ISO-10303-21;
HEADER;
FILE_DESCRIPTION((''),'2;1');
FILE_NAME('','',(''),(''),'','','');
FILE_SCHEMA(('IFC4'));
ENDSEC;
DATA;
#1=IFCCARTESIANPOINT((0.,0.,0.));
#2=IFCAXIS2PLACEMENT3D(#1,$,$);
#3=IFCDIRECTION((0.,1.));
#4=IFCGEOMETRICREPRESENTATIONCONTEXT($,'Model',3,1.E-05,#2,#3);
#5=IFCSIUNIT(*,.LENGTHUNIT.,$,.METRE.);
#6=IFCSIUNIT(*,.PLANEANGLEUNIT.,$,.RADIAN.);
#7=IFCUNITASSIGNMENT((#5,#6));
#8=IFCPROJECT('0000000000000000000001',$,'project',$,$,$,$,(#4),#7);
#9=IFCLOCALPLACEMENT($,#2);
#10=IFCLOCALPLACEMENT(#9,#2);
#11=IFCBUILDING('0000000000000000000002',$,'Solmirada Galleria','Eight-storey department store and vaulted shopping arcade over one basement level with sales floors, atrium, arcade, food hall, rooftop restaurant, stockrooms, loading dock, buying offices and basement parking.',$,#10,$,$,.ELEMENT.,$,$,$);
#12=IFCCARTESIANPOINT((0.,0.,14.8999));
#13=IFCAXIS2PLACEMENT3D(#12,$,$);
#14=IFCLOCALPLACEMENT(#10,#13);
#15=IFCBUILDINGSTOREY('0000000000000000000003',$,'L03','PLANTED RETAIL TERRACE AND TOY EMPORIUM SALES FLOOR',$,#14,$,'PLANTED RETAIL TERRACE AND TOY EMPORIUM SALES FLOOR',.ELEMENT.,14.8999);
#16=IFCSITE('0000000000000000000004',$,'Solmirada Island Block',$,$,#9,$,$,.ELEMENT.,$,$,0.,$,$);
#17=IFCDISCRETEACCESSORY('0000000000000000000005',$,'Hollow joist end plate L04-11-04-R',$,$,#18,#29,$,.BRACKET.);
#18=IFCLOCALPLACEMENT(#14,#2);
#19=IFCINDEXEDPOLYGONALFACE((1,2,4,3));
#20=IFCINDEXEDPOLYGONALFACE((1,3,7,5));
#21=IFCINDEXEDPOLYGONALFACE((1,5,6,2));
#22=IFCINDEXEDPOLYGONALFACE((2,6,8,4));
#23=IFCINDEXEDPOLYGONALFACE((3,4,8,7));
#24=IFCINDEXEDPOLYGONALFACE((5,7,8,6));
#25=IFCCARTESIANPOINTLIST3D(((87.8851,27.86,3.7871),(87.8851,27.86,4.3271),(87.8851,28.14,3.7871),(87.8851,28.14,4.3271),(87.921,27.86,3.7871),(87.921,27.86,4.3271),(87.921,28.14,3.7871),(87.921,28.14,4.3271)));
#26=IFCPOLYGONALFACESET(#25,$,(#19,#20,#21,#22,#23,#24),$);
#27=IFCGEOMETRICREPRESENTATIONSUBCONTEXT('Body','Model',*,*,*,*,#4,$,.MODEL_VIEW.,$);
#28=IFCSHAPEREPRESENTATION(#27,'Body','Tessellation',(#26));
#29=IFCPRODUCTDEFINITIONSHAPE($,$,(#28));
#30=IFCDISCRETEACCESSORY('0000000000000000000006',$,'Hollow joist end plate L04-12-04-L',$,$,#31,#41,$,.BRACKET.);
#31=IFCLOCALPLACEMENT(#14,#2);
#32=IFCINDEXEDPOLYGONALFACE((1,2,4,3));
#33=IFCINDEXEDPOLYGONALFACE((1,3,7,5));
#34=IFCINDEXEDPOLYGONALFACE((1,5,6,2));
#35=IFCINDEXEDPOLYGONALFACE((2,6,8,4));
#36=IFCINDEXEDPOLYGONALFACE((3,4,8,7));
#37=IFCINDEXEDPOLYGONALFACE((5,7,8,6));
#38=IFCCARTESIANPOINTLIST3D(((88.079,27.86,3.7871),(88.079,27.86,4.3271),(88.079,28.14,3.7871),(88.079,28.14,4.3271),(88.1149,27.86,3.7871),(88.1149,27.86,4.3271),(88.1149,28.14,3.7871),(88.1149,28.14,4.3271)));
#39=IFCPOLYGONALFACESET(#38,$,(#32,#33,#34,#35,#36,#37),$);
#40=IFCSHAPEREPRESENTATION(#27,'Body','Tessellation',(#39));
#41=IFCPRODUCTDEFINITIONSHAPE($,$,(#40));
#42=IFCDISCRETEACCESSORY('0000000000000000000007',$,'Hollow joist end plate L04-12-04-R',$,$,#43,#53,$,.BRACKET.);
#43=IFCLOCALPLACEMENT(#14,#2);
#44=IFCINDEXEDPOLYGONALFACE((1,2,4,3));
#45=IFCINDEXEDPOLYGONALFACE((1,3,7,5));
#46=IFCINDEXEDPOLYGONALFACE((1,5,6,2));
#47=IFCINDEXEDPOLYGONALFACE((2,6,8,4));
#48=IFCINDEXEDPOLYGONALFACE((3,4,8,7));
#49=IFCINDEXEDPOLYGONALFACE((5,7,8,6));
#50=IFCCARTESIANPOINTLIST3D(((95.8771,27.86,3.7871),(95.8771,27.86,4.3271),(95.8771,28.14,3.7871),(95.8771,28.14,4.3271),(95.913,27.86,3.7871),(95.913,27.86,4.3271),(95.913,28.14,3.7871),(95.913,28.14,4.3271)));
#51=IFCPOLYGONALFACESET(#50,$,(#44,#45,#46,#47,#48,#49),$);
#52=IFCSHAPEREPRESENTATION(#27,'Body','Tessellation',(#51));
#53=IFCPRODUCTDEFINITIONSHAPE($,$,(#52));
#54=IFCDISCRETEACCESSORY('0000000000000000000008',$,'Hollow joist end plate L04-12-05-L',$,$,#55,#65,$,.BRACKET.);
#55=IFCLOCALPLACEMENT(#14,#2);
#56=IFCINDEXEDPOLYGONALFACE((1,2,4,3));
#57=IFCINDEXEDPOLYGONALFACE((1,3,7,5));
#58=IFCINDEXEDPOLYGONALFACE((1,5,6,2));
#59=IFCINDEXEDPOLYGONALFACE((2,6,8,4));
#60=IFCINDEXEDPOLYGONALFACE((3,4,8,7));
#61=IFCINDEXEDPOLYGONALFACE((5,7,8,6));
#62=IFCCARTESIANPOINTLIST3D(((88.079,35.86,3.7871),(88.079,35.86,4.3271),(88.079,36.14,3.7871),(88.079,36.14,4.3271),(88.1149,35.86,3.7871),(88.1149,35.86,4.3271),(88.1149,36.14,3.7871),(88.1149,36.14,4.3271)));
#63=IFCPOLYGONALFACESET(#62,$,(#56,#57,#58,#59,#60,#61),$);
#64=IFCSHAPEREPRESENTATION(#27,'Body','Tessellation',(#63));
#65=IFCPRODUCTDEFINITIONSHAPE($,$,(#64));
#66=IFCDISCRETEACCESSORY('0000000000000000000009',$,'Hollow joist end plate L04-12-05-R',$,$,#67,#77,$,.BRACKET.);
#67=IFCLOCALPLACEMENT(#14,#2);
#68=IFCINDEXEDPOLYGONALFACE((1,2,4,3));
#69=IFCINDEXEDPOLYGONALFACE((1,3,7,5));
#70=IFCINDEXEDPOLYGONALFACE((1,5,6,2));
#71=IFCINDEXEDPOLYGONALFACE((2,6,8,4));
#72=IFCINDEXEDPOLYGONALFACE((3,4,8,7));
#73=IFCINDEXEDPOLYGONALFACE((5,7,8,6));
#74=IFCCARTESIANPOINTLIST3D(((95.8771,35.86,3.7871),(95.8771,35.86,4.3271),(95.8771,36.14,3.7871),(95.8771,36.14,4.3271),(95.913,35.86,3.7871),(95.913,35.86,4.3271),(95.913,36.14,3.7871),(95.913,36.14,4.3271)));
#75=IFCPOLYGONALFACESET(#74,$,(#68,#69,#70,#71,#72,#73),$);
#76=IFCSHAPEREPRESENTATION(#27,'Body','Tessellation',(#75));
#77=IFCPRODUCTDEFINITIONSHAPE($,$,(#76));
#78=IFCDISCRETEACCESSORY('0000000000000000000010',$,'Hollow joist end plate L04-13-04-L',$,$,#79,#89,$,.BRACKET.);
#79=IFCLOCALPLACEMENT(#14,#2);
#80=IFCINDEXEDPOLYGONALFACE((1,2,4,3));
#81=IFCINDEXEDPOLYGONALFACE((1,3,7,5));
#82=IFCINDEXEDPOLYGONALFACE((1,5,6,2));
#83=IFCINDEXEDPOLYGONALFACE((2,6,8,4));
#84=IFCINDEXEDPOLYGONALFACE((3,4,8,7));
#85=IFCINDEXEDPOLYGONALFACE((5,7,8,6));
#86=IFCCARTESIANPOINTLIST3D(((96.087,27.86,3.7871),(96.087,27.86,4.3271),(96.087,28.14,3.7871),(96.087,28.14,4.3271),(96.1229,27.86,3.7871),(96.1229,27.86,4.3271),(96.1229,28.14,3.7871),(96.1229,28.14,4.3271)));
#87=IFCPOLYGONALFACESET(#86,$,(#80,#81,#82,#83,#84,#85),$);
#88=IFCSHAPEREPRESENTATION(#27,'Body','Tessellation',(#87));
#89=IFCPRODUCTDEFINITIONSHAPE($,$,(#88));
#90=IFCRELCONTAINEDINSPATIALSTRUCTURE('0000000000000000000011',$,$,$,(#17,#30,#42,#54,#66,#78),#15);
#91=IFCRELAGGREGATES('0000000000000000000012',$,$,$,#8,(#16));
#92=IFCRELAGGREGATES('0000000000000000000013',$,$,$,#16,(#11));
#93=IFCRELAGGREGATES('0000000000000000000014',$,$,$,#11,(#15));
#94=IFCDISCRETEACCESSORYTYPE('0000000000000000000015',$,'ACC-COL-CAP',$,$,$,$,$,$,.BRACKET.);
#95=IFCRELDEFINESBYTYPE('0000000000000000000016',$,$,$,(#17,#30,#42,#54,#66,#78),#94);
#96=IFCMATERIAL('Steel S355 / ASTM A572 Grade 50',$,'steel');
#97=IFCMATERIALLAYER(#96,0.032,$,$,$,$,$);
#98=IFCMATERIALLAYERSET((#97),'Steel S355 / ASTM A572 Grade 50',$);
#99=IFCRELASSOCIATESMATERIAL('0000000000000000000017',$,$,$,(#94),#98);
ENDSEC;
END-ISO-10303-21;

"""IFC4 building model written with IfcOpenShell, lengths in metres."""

from ifc_helpers import new_model, si_unit, direction, frame, origin, origin_2d, place, context, subcontext, project, spatial, rectangle, extrude, material, layer, layer_set, type_object, element, save


model = new_model("IFC4")

# Units and contexts
model_context = context("Model", 3, precision=1e-05, world=origin(), true_north=direction((0.0, 1.0)))
body_context = subcontext(model_context, "Body", "Model", "MODEL_VIEW")
ifc_project = project(units=[si_unit("LENGTHUNIT", "METRE"), si_unit("PLANEANGLEUNIT", "RADIAN")], contexts=[model_context])

# Site, building, storey
site_placement = place(None, origin())
site = spatial("IfcSite", under=ifc_project, at=site_placement, Name="Solmirada Island Block", CompositionType="ELEMENT", RefElevation=0.0)
building_placement = place(site_placement, origin())
building = spatial("IfcBuilding", under=site, at=building_placement, Name="Solmirada Galleria", Description="Eight-storey department store and vaulted shopping arcade over one basement level with sales floors, atrium, arcade, food hall, rooftop restaurant, stockrooms, loading dock, buying offices and basement parking.", CompositionType="ELEMENT")
storey_placement = place(building_placement, frame((0.0, 0.0, 14.8999)))
storey = spatial("IfcBuildingStorey", under=building, at=storey_placement, Name="L03", Description="PLANTED RETAIL TERRACE AND TOY EMPORIUM SALES FLOOR", LongName="PLANTED RETAIL TERRACE AND TOY EMPORIUM SALES FLOOR", CompositionType="ELEMENT", Elevation=14.8999)

# Discrete accessories
ifc_material_1 = material(Name="Steel S355 / ASTM A572 Grade 50", Category="steel")
ifc_layer_1 = layer(ifc_material_1, 0.032)
ifc_layer_set_1 = layer_set([ifc_layer_1], Name="Steel S355 / ASTM A572 Grade 50")
discrete_accessory_type = type_object("IfcDiscreteAccessoryType", Name="ACC-COL-CAP", PredefinedType="BRACKET", material=ifc_layer_set_1)
for number, where, z_axis, x_axis, name in (
    (1, (87.9031, 28.0, 3.7871), (0.0, 0.0, 1.0), (1.0, 0.0, 0.0), "Hollow joist end plate L04-11-04-R"),
    (2, (88.0969, 28.0, 3.7871), (0.0, 0.0, 1.0), (1.0, 0.0, 0.0), "Hollow joist end plate L04-12-04-L"),
    (3, (95.895, 28.0, 3.7871), (0.0, 0.0, 1.0), (1.0, 0.0, 0.0), "Hollow joist end plate L04-12-04-R"),
    (4, (88.0969, 36.0, 3.7871), (0.0, 0.0, 1.0), (1.0, 0.0, 0.0), "Hollow joist end plate L04-12-05-L"),
    (5, (95.895, 36.0, 3.7871), (0.0, 0.0, 1.0), (1.0, 0.0, 0.0), "Hollow joist end plate L04-12-05-R"),
    (6, (96.105, 28.0, 3.7871), (0.0, 0.0, 1.0), (1.0, 0.0, 0.0), "Hollow joist end plate L04-13-04-L"),
):
    element("IfcDiscreteAccessory", number, at=place(storey_placement, frame(where, z_axis=z_axis, x_axis=x_axis)), inside=storey, type_object=discrete_accessory_type, Name=name, PredefinedType="BRACKET", context=body_context, shape_type="SweptSolid", body=[
        extrude(rectangle(XDim=0.0359, YDim=0.28, at=origin_2d()), origin(), (0.0, 0.0, 1.0), 0.54),
    ])

save(model, "model.ifc")
